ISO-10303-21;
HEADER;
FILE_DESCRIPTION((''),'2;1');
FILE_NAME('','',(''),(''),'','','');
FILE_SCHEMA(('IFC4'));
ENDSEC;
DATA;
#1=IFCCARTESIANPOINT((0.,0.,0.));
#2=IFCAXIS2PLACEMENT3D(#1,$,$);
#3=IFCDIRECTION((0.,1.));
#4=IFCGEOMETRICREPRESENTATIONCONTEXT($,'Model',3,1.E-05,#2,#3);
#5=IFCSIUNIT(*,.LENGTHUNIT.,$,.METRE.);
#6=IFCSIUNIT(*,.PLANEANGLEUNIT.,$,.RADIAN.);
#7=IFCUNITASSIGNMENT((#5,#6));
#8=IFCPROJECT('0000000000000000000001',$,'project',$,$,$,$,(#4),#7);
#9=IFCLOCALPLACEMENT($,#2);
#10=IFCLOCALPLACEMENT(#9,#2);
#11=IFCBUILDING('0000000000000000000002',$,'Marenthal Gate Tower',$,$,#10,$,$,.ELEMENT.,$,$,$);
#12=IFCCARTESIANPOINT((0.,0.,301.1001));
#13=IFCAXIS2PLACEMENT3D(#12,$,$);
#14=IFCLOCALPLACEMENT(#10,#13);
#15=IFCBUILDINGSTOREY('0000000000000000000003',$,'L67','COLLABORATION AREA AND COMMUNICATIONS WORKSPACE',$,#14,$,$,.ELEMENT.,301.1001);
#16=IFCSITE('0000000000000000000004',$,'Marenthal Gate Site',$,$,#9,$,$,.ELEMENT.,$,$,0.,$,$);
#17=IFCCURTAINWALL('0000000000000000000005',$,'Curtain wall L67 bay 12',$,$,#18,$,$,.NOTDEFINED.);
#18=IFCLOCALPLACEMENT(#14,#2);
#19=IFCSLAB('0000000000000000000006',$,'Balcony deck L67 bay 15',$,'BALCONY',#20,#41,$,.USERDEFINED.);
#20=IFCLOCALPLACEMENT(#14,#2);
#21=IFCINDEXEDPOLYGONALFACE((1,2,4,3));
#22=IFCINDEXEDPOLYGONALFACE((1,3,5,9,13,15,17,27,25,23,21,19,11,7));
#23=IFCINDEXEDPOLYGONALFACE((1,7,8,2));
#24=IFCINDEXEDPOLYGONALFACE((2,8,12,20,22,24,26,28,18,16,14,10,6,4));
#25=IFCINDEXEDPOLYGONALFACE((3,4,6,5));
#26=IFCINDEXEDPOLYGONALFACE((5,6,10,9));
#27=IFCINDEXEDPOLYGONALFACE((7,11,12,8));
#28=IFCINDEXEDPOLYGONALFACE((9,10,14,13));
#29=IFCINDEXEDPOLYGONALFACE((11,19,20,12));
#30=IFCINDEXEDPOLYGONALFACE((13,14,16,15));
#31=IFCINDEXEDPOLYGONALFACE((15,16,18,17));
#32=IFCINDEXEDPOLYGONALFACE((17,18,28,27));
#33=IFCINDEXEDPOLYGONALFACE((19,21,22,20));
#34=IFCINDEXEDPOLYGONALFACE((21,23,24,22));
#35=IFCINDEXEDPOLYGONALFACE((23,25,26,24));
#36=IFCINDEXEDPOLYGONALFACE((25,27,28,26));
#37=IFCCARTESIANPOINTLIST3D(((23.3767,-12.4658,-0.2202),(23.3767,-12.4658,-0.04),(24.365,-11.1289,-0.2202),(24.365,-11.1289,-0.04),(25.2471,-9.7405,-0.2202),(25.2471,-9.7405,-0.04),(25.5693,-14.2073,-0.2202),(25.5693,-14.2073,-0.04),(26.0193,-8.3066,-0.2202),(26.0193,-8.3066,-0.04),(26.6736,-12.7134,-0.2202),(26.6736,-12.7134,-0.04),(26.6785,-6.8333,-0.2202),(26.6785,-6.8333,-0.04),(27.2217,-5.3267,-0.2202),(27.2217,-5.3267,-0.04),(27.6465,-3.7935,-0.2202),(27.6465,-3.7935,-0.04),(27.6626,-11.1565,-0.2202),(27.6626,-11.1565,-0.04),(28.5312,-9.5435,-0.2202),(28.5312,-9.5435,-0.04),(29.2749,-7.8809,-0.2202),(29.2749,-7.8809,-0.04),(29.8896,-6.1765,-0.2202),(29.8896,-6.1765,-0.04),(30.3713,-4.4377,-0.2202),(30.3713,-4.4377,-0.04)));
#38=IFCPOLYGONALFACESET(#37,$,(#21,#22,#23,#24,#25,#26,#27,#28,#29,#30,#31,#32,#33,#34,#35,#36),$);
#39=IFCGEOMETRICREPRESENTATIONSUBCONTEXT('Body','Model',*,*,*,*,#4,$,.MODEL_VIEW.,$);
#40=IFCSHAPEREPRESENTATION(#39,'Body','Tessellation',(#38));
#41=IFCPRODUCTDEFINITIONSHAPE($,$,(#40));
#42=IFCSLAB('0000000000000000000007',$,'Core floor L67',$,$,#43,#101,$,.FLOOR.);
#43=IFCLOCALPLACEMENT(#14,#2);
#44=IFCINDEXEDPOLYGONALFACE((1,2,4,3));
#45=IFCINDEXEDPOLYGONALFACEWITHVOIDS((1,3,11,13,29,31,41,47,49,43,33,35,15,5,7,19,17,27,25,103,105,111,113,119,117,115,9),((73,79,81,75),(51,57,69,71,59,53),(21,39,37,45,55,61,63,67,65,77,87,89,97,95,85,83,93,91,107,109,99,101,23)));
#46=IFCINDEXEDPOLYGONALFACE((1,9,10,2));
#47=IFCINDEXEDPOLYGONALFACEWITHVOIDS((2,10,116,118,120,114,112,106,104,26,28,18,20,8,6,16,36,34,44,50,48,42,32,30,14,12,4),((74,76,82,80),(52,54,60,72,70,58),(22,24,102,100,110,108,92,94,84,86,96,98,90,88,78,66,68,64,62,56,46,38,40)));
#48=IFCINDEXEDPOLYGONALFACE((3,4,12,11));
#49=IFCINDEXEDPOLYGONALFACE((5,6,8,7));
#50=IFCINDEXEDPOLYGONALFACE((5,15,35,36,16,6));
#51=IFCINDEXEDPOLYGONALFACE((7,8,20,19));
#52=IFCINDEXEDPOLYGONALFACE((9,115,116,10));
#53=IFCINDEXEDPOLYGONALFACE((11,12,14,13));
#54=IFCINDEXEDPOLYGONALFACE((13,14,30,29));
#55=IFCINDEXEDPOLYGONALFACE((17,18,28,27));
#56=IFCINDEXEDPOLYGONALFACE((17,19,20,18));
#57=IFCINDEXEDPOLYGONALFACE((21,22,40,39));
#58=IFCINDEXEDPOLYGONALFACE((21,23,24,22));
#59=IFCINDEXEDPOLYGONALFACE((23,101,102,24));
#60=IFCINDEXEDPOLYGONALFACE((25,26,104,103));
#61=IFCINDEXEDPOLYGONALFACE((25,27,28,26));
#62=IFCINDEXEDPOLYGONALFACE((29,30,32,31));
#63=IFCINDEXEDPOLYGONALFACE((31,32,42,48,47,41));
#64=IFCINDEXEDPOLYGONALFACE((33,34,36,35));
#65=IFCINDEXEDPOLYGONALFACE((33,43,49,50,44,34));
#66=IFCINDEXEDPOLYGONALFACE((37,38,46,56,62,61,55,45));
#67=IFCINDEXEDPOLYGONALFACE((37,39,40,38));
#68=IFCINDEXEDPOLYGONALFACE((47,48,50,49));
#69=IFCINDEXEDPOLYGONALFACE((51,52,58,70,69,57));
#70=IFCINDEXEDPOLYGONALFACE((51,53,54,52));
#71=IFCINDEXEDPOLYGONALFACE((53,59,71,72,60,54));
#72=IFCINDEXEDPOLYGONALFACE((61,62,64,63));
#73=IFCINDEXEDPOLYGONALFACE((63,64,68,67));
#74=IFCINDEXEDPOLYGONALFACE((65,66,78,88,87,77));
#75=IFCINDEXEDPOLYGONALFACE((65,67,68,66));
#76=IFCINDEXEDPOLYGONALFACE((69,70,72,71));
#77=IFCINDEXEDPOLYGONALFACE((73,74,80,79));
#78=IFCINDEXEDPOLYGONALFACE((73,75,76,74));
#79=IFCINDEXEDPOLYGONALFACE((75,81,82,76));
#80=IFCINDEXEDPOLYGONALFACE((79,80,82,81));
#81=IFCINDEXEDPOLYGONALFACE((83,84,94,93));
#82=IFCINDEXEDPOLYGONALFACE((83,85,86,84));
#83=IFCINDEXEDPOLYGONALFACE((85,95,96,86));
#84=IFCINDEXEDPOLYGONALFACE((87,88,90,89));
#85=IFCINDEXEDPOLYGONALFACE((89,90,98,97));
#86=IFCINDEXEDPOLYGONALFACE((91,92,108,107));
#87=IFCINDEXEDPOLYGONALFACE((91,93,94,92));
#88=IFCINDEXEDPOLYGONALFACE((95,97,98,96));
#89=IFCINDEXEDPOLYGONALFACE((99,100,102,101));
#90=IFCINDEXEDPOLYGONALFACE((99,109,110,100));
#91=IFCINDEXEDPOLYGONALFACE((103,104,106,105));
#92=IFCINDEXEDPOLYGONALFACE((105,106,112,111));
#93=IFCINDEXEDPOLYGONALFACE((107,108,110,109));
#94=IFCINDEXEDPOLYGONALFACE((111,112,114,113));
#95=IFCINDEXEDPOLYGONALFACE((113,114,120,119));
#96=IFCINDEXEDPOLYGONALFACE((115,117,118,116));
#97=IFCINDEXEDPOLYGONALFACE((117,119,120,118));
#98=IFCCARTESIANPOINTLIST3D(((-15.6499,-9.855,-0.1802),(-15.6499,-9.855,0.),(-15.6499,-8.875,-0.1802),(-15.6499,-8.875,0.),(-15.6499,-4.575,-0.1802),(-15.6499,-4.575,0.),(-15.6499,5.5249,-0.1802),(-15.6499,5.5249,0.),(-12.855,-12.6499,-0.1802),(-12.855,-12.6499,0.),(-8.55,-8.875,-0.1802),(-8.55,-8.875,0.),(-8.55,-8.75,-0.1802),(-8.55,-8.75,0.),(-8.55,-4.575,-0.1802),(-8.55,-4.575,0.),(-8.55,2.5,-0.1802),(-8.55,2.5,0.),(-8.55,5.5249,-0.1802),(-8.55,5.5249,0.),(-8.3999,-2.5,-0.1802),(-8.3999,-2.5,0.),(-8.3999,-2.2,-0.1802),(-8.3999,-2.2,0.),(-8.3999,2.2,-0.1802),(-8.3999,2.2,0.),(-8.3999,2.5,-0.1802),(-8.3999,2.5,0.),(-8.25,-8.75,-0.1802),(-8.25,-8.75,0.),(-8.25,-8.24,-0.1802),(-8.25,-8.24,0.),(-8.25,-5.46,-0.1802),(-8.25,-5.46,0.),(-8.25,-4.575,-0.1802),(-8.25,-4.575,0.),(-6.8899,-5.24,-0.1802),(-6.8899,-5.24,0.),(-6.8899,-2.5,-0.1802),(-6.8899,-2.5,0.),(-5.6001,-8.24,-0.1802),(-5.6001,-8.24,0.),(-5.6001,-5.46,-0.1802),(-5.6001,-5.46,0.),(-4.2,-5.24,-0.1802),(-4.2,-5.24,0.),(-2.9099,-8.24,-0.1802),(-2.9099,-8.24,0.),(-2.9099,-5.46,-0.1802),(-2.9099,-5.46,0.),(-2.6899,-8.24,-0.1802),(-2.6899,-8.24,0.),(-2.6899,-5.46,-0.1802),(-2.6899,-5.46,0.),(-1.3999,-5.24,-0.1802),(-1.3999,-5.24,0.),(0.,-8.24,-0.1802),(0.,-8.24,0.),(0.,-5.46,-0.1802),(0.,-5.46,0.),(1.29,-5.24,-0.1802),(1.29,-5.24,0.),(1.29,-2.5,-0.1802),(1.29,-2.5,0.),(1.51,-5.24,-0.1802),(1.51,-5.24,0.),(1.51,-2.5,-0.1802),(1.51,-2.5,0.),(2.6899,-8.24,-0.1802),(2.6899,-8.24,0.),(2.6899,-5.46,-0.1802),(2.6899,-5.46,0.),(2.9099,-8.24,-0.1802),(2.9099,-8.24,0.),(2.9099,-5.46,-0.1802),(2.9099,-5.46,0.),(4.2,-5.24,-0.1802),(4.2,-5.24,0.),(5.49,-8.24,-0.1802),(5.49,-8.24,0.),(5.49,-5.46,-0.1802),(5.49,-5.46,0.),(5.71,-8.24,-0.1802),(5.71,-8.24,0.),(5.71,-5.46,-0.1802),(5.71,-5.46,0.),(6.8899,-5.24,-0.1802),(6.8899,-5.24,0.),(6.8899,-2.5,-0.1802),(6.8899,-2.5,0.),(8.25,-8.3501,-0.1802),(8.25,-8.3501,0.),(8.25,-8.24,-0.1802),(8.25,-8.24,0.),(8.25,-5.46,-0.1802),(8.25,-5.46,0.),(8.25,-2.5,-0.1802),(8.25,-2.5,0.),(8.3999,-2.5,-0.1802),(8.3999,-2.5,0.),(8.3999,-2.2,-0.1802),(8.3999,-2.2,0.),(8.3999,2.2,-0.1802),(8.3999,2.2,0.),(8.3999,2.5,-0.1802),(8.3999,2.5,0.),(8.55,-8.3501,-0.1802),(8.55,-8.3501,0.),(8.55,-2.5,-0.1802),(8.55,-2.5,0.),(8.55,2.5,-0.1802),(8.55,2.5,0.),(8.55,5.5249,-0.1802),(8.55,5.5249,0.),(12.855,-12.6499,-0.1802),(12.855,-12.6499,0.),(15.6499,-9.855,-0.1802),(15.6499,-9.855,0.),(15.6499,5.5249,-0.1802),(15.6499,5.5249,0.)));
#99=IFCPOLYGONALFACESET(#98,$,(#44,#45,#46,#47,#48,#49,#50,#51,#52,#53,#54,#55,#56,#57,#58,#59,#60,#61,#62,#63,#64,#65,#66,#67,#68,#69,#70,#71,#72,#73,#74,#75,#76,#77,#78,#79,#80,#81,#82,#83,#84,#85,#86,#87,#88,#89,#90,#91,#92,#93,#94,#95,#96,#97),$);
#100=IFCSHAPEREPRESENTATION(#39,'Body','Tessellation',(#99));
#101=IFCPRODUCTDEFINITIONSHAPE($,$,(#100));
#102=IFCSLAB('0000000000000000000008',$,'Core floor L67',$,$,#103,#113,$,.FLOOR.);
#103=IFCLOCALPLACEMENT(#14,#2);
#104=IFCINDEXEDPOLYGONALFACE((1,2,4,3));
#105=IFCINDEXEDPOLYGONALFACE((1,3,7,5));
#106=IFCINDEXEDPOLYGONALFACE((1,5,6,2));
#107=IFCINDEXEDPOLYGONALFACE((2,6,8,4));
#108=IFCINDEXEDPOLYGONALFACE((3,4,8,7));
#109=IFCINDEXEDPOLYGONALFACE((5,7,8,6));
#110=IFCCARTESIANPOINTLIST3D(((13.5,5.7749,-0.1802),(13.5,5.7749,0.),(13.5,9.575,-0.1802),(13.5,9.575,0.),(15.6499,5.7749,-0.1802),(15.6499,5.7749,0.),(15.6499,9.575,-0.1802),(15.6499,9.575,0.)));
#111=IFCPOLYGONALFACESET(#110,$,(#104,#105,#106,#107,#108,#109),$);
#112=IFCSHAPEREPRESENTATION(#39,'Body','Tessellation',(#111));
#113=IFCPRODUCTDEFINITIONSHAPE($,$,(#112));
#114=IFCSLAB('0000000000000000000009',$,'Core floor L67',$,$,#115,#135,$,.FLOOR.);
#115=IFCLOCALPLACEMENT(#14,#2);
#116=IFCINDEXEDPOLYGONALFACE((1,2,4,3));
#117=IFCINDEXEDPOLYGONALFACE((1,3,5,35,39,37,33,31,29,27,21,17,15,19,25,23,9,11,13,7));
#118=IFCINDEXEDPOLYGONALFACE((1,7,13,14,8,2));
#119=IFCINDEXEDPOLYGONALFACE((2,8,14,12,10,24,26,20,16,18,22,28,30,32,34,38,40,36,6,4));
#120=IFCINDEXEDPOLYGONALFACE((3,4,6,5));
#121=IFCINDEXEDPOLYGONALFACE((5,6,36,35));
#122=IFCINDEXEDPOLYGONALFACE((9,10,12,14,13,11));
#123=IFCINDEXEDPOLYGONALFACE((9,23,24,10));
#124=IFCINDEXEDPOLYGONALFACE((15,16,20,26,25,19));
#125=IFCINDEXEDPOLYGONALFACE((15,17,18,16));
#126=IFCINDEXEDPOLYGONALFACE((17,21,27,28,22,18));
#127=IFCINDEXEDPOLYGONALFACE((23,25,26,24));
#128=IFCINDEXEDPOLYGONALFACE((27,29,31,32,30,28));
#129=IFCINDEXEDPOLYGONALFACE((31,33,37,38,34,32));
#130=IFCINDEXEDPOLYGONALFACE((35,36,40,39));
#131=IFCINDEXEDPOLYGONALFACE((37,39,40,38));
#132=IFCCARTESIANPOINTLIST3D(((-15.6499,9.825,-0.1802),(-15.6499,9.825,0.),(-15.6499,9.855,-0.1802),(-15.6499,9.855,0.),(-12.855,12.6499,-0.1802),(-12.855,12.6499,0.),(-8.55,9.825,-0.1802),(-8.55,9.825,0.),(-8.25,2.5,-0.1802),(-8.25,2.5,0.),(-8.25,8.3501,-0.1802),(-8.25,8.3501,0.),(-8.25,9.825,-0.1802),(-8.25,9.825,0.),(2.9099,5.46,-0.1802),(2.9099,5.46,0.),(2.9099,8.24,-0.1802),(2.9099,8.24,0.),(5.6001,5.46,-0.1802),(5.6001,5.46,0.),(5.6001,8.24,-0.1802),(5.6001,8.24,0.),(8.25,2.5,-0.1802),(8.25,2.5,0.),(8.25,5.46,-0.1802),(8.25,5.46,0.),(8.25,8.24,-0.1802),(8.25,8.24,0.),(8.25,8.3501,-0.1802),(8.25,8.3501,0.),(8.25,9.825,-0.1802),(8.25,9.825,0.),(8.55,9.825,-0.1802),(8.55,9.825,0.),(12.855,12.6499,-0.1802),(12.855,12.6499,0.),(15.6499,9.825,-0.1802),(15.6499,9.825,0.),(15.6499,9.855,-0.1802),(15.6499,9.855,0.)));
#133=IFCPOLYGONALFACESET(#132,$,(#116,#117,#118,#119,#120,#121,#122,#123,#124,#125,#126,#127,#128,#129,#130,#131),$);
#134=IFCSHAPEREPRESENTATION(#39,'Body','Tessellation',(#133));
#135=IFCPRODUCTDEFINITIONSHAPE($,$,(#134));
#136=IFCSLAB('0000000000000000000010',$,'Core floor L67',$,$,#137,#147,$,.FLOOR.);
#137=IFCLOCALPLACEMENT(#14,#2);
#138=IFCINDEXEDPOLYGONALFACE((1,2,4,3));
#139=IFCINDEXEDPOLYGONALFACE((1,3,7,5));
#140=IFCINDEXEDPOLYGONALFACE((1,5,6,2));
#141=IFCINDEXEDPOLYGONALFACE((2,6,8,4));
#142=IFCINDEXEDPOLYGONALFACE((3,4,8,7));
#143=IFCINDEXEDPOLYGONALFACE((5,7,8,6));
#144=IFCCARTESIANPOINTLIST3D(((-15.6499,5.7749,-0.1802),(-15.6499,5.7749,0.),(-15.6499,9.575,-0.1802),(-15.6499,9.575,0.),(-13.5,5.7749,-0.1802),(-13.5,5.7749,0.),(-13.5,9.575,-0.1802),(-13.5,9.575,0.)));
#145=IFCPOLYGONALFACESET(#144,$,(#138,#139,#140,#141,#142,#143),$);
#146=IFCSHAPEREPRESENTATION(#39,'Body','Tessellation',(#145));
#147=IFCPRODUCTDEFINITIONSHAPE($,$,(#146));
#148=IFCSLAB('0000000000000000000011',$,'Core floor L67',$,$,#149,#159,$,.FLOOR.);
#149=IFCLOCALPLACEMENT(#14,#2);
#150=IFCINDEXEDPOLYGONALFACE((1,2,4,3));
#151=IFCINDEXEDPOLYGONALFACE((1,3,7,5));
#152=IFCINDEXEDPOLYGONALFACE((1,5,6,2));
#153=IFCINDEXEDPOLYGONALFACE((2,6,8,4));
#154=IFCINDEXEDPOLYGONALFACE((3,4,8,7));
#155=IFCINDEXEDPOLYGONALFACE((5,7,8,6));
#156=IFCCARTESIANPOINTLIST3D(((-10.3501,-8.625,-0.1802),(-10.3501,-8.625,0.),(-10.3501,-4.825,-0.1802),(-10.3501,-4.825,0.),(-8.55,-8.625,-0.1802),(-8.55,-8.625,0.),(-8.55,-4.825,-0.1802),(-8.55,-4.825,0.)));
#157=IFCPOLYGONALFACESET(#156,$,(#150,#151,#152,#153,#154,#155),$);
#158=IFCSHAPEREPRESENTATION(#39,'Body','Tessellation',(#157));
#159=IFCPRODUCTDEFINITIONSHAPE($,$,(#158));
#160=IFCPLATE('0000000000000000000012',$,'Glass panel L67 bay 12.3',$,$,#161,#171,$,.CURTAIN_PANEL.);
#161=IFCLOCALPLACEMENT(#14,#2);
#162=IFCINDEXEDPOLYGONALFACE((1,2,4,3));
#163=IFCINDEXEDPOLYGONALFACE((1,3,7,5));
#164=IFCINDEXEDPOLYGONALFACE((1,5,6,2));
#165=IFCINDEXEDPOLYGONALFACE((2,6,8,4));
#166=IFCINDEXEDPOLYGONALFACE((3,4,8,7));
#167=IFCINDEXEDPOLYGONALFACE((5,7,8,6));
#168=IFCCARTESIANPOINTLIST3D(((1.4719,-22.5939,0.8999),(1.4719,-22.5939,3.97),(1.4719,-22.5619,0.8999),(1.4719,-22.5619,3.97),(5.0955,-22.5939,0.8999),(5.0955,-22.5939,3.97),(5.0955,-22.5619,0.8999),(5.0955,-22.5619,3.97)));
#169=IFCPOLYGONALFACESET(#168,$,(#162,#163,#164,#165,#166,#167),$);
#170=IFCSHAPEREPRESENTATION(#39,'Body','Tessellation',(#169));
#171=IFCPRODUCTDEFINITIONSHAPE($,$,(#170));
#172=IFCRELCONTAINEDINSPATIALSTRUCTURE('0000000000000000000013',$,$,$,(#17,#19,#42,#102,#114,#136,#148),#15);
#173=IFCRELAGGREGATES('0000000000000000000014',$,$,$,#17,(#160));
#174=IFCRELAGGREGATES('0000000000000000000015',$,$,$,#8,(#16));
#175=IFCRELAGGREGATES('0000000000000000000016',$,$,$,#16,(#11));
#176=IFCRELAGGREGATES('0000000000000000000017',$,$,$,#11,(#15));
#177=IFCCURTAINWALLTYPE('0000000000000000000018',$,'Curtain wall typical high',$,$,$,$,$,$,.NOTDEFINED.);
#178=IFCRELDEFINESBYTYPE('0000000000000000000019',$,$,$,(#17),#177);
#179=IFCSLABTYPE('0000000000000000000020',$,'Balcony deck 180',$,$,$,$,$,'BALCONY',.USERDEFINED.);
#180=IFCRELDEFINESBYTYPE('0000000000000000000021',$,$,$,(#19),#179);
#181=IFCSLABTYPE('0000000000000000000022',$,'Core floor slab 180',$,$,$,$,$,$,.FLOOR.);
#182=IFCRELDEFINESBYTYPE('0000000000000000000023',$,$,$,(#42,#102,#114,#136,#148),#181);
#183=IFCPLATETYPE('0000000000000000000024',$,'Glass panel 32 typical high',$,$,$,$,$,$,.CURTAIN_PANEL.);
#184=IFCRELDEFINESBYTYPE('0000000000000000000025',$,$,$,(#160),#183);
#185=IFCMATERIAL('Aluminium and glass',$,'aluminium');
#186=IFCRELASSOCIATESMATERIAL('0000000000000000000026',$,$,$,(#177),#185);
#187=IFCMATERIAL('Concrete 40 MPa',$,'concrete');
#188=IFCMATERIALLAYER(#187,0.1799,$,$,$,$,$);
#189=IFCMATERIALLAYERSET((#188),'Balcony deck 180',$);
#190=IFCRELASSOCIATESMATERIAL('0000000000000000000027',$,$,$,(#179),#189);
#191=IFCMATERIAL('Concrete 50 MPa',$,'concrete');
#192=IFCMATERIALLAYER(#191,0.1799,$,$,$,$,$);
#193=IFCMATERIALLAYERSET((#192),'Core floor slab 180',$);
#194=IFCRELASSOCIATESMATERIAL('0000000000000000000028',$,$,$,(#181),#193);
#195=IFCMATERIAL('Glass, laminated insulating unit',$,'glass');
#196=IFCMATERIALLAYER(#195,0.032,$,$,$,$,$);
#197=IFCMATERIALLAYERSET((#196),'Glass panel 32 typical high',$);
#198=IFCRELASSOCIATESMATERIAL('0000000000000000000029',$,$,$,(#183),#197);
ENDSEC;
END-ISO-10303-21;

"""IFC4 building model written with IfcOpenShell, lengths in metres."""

from ifc_helpers import new_model, si_unit, direction, frame, origin, origin_2d, place, context, subcontext, project, spatial, polyline, rectangle, outline, extrude, material, layer, layer_set, type_object, element, aggregate, save


model = new_model("IFC4")

# Units and contexts
model_context = context("Model", 3, precision=1e-05, world=origin(), true_north=direction((0.0, 1.0)))
body_context = subcontext(model_context, "Body", "Model", "MODEL_VIEW")
ifc_project = project(units=[si_unit("LENGTHUNIT", "METRE"), si_unit("PLANEANGLEUNIT", "RADIAN")], contexts=[model_context])

# Site, building, storey
site_placement = place(None, origin())
site = spatial("IfcSite", under=ifc_project, at=site_placement, Name="Marenthal Gate Site", CompositionType="ELEMENT", RefElevation=0.0)
building_placement = place(site_placement, origin())
building = spatial("IfcBuilding", under=site, at=building_placement, Name="Marenthal Gate Tower", CompositionType="ELEMENT")
storey_placement = place(building_placement, frame((0.0, 0.0, 301.1001)))
storey = spatial("IfcBuildingStorey", under=building, at=storey_placement, Name="L67", Description="COLLABORATION AREA AND COMMUNICATIONS WORKSPACE", CompositionType="ELEMENT", Elevation=301.1001)

# Curtain wall
ifc_material_1 = material(Name="Aluminium and glass", Category="aluminium")
curtain_wall_type = type_object("IfcCurtainWallType", Name="Curtain wall typical high", PredefinedType="NOTDEFINED", material=ifc_material_1)
curtain_wall_placement = place(storey_placement, origin())
curtain_wall = element("IfcCurtainWall", 1, at=curtain_wall_placement, inside=storey, type_object=curtain_wall_type, Name="Curtain wall L67 bay 12", PredefinedType="NOTDEFINED")

# Slabs
ifc_material_2 = material(Name="Concrete 40 MPa", Category="concrete")
ifc_layer_1 = layer(ifc_material_2, 0.1799)
ifc_layer_set_1 = layer_set([ifc_layer_1], Name="Balcony deck 180")
slab_type_1 = type_object("IfcSlabType", Name="Balcony deck 180", ElementType="BALCONY", PredefinedType="USERDEFINED", material=ifc_layer_set_1)
slab_1_placement = place(storey_placement, frame((0.0, 0.0, -0.2202)))
element("IfcSlab", 2, at=slab_1_placement, inside=storey, type_object=slab_type_1, Name="Balcony deck L67 bay 15", ObjectType="BALCONY", PredefinedType="USERDEFINED", context=body_context, shape_type="SweptSolid", body=[
    extrude(outline(polyline([(23.3767, -12.4658), (24.365, -11.1289), (25.2471, -9.7405), (26.0193, -8.3066), (26.6785, -6.8333), (27.2217, -5.3267), (27.6465, -3.7935), (30.3713, -4.4377), (29.8896, -6.1765), (29.2749, -7.8809), (28.5312, -9.5435), (27.6626, -11.1565), (26.6736, -12.7134), (25.5693, -14.2073), (23.3767, -12.4658)])), origin(), (0.0, 0.0, 1.0), 0.1802),
])
ifc_material_3 = material(Name="Concrete 50 MPa", Category="concrete")
ifc_layer_2 = layer(ifc_material_3, 0.1799)
ifc_layer_set_2 = layer_set([ifc_layer_2], Name="Core floor slab 180")
slab_type_2 = type_object("IfcSlabType", Name="Core floor slab 180", PredefinedType="FLOOR", material=ifc_layer_set_2)
slab_2_placement = place(storey_placement, frame((0.0, 0.0, -0.1802)))
element("IfcSlab", 3, at=slab_2_placement, inside=storey, type_object=slab_type_2, Name="Core floor L67", PredefinedType="FLOOR", context=body_context, shape_type="SweptSolid", body=[
    extrude(outline(polyline([(12.855, -12.6499), (-12.855, -12.6499), (-15.6499, -9.855), (-15.6499, -8.875), (-8.55, -8.875), (-8.55, -8.75), (-8.25, -8.75), (-8.25, -8.24), (-5.6001, -8.24), (-2.9099, -8.24), (-2.9099, -5.46), (-5.6001, -5.46), (-8.25, -5.46), (-8.25, -4.575), (-8.55, -4.575), (-15.6499, -4.575), (-15.6499, 5.5249), (-8.55, 5.5249), (-8.55, 2.5), (-8.3999, 2.5), (-8.3999, 2.2), (8.3999, 2.2), (8.3999, 2.5), (8.55, 2.5), (8.55, 5.5249), (15.6499, 5.5249), (15.6499, -9.855), (12.855, -12.6499)]), holes=[polyline([(0.0, -8.24), (2.6899, -8.24), (2.6899, -5.46), (0.0, -5.46), (-2.6899, -5.46), (-2.6899, -8.24), (0.0, -8.24)]), polyline([(1.29, -5.24), (1.29, -2.5), (1.51, -2.5), (1.51, -5.24), (4.2, -5.24), (6.8899, -5.24), (6.8899, -2.5), (8.25, -2.5), (8.25, -5.46), (5.71, -5.46), (5.71, -8.24), (8.25, -8.24), (8.25, -8.3501), (8.55, -8.3501), (8.55, -2.5), (8.3999, -2.5), (8.3999, -2.2), (-8.3999, -2.2), (-8.3999, -2.5), (-6.8899, -2.5), (-6.8899, -5.24), (-4.2, -5.24), (-1.3999, -5.24), (1.29, -5.24)]), polyline([(5.49, -5.46), (2.9099, -5.46), (2.9099, -8.24), (5.49, -8.24), (5.49, -5.46)])]), origin(), (0.0, 0.0, 1.0), 0.1802),
])
slab_3_placement = place(storey_placement, frame((0.0, 0.0, -0.1802)))
element("IfcSlab", 4, at=slab_3_placement, inside=storey, type_object=slab_type_2, Name="Core floor L67", PredefinedType="FLOOR", context=body_context, shape_type="SweptSolid", body=[
    extrude(outline(polyline([(15.6499, 5.7749), (13.5, 5.7749), (13.5, 9.575), (15.6499, 9.575), (15.6499, 5.7749)])), origin(), (0.0, 0.0, 1.0), 0.1802),
])
slab_4_placement = place(storey_placement, frame((0.0, 0.0, -0.1802)))
element("IfcSlab", 5, at=slab_4_placement, inside=storey, type_object=slab_type_2, Name="Core floor L67", PredefinedType="FLOOR", context=body_context, shape_type="SweptSolid", body=[
    extrude(outline(polyline([(15.6499, 9.825), (8.55, 9.825), (8.25, 9.825), (8.25, 8.3501), (8.25, 8.24), (5.6001, 8.24), (2.9099, 8.24), (2.9099, 5.46), (5.6001, 5.46), (8.25, 5.46), (8.25, 2.5), (-8.25, 2.5), (-8.25, 8.3501), (-8.25, 9.825), (-8.55, 9.825), (-15.6499, 9.825), (-15.6499, 9.855), (-12.855, 12.6499), (12.855, 12.6499), (15.6499, 9.855), (15.6499, 9.825)])), origin(), (0.0, 0.0, 1.0), 0.1802),
])
slab_5_placement = place(storey_placement, frame((0.0, 0.0, -0.1802)))
element("IfcSlab", 6, at=slab_5_placement, inside=storey, type_object=slab_type_2, Name="Core floor L67", PredefinedType="FLOOR", context=body_context, shape_type="SweptSolid", body=[
    extrude(outline(polyline([(-15.6499, 9.575), (-13.5, 9.575), (-13.5, 5.7749), (-15.6499, 5.7749), (-15.6499, 9.575)])), origin(), (0.0, 0.0, 1.0), 0.1802),
])
slab_6_placement = place(storey_placement, frame((0.0, 0.0, -0.1802)))
element("IfcSlab", 7, at=slab_6_placement, inside=storey, type_object=slab_type_2, Name="Core floor L67", PredefinedType="FLOOR", context=body_context, shape_type="SweptSolid", body=[
    extrude(outline(polyline([(-8.55, -4.825), (-8.55, -8.625), (-10.3501, -8.625), (-10.3501, -4.825), (-8.55, -4.825)])), origin(), (0.0, 0.0, 1.0), 0.1802),
])

# Plate
ifc_material_4 = material(Name="Glass, laminated insulating unit", Category="glass")
ifc_layer_3 = layer(ifc_material_4, 0.032)
ifc_layer_set_3 = layer_set([ifc_layer_3], Name="Glass panel 32 typical high")
plate_type = type_object("IfcPlateType", Name="Glass panel 32 typical high", PredefinedType="CURTAIN_PANEL", material=ifc_layer_set_3)
plate_placement = place(storey_placement, frame((3.2837, -22.5779, 0.8999), z_axis=(0.0, 0.0, 1.0), x_axis=(1.0, 0.0, 0.0)))
plate = element("IfcPlate", 8, at=plate_placement, type_object=plate_type, Name="Glass panel L67 bay 12.3", PredefinedType="CURTAIN_PANEL", context=body_context, shape_type="SweptSolid", body=[
    extrude(rectangle(XDim=3.6235, YDim=0.032, at=origin_2d()), origin(), (0.0, 0.0, 1.0), 3.0701),
])
aggregate(curtain_wall, [plate])

save(model, "model.ifc")
